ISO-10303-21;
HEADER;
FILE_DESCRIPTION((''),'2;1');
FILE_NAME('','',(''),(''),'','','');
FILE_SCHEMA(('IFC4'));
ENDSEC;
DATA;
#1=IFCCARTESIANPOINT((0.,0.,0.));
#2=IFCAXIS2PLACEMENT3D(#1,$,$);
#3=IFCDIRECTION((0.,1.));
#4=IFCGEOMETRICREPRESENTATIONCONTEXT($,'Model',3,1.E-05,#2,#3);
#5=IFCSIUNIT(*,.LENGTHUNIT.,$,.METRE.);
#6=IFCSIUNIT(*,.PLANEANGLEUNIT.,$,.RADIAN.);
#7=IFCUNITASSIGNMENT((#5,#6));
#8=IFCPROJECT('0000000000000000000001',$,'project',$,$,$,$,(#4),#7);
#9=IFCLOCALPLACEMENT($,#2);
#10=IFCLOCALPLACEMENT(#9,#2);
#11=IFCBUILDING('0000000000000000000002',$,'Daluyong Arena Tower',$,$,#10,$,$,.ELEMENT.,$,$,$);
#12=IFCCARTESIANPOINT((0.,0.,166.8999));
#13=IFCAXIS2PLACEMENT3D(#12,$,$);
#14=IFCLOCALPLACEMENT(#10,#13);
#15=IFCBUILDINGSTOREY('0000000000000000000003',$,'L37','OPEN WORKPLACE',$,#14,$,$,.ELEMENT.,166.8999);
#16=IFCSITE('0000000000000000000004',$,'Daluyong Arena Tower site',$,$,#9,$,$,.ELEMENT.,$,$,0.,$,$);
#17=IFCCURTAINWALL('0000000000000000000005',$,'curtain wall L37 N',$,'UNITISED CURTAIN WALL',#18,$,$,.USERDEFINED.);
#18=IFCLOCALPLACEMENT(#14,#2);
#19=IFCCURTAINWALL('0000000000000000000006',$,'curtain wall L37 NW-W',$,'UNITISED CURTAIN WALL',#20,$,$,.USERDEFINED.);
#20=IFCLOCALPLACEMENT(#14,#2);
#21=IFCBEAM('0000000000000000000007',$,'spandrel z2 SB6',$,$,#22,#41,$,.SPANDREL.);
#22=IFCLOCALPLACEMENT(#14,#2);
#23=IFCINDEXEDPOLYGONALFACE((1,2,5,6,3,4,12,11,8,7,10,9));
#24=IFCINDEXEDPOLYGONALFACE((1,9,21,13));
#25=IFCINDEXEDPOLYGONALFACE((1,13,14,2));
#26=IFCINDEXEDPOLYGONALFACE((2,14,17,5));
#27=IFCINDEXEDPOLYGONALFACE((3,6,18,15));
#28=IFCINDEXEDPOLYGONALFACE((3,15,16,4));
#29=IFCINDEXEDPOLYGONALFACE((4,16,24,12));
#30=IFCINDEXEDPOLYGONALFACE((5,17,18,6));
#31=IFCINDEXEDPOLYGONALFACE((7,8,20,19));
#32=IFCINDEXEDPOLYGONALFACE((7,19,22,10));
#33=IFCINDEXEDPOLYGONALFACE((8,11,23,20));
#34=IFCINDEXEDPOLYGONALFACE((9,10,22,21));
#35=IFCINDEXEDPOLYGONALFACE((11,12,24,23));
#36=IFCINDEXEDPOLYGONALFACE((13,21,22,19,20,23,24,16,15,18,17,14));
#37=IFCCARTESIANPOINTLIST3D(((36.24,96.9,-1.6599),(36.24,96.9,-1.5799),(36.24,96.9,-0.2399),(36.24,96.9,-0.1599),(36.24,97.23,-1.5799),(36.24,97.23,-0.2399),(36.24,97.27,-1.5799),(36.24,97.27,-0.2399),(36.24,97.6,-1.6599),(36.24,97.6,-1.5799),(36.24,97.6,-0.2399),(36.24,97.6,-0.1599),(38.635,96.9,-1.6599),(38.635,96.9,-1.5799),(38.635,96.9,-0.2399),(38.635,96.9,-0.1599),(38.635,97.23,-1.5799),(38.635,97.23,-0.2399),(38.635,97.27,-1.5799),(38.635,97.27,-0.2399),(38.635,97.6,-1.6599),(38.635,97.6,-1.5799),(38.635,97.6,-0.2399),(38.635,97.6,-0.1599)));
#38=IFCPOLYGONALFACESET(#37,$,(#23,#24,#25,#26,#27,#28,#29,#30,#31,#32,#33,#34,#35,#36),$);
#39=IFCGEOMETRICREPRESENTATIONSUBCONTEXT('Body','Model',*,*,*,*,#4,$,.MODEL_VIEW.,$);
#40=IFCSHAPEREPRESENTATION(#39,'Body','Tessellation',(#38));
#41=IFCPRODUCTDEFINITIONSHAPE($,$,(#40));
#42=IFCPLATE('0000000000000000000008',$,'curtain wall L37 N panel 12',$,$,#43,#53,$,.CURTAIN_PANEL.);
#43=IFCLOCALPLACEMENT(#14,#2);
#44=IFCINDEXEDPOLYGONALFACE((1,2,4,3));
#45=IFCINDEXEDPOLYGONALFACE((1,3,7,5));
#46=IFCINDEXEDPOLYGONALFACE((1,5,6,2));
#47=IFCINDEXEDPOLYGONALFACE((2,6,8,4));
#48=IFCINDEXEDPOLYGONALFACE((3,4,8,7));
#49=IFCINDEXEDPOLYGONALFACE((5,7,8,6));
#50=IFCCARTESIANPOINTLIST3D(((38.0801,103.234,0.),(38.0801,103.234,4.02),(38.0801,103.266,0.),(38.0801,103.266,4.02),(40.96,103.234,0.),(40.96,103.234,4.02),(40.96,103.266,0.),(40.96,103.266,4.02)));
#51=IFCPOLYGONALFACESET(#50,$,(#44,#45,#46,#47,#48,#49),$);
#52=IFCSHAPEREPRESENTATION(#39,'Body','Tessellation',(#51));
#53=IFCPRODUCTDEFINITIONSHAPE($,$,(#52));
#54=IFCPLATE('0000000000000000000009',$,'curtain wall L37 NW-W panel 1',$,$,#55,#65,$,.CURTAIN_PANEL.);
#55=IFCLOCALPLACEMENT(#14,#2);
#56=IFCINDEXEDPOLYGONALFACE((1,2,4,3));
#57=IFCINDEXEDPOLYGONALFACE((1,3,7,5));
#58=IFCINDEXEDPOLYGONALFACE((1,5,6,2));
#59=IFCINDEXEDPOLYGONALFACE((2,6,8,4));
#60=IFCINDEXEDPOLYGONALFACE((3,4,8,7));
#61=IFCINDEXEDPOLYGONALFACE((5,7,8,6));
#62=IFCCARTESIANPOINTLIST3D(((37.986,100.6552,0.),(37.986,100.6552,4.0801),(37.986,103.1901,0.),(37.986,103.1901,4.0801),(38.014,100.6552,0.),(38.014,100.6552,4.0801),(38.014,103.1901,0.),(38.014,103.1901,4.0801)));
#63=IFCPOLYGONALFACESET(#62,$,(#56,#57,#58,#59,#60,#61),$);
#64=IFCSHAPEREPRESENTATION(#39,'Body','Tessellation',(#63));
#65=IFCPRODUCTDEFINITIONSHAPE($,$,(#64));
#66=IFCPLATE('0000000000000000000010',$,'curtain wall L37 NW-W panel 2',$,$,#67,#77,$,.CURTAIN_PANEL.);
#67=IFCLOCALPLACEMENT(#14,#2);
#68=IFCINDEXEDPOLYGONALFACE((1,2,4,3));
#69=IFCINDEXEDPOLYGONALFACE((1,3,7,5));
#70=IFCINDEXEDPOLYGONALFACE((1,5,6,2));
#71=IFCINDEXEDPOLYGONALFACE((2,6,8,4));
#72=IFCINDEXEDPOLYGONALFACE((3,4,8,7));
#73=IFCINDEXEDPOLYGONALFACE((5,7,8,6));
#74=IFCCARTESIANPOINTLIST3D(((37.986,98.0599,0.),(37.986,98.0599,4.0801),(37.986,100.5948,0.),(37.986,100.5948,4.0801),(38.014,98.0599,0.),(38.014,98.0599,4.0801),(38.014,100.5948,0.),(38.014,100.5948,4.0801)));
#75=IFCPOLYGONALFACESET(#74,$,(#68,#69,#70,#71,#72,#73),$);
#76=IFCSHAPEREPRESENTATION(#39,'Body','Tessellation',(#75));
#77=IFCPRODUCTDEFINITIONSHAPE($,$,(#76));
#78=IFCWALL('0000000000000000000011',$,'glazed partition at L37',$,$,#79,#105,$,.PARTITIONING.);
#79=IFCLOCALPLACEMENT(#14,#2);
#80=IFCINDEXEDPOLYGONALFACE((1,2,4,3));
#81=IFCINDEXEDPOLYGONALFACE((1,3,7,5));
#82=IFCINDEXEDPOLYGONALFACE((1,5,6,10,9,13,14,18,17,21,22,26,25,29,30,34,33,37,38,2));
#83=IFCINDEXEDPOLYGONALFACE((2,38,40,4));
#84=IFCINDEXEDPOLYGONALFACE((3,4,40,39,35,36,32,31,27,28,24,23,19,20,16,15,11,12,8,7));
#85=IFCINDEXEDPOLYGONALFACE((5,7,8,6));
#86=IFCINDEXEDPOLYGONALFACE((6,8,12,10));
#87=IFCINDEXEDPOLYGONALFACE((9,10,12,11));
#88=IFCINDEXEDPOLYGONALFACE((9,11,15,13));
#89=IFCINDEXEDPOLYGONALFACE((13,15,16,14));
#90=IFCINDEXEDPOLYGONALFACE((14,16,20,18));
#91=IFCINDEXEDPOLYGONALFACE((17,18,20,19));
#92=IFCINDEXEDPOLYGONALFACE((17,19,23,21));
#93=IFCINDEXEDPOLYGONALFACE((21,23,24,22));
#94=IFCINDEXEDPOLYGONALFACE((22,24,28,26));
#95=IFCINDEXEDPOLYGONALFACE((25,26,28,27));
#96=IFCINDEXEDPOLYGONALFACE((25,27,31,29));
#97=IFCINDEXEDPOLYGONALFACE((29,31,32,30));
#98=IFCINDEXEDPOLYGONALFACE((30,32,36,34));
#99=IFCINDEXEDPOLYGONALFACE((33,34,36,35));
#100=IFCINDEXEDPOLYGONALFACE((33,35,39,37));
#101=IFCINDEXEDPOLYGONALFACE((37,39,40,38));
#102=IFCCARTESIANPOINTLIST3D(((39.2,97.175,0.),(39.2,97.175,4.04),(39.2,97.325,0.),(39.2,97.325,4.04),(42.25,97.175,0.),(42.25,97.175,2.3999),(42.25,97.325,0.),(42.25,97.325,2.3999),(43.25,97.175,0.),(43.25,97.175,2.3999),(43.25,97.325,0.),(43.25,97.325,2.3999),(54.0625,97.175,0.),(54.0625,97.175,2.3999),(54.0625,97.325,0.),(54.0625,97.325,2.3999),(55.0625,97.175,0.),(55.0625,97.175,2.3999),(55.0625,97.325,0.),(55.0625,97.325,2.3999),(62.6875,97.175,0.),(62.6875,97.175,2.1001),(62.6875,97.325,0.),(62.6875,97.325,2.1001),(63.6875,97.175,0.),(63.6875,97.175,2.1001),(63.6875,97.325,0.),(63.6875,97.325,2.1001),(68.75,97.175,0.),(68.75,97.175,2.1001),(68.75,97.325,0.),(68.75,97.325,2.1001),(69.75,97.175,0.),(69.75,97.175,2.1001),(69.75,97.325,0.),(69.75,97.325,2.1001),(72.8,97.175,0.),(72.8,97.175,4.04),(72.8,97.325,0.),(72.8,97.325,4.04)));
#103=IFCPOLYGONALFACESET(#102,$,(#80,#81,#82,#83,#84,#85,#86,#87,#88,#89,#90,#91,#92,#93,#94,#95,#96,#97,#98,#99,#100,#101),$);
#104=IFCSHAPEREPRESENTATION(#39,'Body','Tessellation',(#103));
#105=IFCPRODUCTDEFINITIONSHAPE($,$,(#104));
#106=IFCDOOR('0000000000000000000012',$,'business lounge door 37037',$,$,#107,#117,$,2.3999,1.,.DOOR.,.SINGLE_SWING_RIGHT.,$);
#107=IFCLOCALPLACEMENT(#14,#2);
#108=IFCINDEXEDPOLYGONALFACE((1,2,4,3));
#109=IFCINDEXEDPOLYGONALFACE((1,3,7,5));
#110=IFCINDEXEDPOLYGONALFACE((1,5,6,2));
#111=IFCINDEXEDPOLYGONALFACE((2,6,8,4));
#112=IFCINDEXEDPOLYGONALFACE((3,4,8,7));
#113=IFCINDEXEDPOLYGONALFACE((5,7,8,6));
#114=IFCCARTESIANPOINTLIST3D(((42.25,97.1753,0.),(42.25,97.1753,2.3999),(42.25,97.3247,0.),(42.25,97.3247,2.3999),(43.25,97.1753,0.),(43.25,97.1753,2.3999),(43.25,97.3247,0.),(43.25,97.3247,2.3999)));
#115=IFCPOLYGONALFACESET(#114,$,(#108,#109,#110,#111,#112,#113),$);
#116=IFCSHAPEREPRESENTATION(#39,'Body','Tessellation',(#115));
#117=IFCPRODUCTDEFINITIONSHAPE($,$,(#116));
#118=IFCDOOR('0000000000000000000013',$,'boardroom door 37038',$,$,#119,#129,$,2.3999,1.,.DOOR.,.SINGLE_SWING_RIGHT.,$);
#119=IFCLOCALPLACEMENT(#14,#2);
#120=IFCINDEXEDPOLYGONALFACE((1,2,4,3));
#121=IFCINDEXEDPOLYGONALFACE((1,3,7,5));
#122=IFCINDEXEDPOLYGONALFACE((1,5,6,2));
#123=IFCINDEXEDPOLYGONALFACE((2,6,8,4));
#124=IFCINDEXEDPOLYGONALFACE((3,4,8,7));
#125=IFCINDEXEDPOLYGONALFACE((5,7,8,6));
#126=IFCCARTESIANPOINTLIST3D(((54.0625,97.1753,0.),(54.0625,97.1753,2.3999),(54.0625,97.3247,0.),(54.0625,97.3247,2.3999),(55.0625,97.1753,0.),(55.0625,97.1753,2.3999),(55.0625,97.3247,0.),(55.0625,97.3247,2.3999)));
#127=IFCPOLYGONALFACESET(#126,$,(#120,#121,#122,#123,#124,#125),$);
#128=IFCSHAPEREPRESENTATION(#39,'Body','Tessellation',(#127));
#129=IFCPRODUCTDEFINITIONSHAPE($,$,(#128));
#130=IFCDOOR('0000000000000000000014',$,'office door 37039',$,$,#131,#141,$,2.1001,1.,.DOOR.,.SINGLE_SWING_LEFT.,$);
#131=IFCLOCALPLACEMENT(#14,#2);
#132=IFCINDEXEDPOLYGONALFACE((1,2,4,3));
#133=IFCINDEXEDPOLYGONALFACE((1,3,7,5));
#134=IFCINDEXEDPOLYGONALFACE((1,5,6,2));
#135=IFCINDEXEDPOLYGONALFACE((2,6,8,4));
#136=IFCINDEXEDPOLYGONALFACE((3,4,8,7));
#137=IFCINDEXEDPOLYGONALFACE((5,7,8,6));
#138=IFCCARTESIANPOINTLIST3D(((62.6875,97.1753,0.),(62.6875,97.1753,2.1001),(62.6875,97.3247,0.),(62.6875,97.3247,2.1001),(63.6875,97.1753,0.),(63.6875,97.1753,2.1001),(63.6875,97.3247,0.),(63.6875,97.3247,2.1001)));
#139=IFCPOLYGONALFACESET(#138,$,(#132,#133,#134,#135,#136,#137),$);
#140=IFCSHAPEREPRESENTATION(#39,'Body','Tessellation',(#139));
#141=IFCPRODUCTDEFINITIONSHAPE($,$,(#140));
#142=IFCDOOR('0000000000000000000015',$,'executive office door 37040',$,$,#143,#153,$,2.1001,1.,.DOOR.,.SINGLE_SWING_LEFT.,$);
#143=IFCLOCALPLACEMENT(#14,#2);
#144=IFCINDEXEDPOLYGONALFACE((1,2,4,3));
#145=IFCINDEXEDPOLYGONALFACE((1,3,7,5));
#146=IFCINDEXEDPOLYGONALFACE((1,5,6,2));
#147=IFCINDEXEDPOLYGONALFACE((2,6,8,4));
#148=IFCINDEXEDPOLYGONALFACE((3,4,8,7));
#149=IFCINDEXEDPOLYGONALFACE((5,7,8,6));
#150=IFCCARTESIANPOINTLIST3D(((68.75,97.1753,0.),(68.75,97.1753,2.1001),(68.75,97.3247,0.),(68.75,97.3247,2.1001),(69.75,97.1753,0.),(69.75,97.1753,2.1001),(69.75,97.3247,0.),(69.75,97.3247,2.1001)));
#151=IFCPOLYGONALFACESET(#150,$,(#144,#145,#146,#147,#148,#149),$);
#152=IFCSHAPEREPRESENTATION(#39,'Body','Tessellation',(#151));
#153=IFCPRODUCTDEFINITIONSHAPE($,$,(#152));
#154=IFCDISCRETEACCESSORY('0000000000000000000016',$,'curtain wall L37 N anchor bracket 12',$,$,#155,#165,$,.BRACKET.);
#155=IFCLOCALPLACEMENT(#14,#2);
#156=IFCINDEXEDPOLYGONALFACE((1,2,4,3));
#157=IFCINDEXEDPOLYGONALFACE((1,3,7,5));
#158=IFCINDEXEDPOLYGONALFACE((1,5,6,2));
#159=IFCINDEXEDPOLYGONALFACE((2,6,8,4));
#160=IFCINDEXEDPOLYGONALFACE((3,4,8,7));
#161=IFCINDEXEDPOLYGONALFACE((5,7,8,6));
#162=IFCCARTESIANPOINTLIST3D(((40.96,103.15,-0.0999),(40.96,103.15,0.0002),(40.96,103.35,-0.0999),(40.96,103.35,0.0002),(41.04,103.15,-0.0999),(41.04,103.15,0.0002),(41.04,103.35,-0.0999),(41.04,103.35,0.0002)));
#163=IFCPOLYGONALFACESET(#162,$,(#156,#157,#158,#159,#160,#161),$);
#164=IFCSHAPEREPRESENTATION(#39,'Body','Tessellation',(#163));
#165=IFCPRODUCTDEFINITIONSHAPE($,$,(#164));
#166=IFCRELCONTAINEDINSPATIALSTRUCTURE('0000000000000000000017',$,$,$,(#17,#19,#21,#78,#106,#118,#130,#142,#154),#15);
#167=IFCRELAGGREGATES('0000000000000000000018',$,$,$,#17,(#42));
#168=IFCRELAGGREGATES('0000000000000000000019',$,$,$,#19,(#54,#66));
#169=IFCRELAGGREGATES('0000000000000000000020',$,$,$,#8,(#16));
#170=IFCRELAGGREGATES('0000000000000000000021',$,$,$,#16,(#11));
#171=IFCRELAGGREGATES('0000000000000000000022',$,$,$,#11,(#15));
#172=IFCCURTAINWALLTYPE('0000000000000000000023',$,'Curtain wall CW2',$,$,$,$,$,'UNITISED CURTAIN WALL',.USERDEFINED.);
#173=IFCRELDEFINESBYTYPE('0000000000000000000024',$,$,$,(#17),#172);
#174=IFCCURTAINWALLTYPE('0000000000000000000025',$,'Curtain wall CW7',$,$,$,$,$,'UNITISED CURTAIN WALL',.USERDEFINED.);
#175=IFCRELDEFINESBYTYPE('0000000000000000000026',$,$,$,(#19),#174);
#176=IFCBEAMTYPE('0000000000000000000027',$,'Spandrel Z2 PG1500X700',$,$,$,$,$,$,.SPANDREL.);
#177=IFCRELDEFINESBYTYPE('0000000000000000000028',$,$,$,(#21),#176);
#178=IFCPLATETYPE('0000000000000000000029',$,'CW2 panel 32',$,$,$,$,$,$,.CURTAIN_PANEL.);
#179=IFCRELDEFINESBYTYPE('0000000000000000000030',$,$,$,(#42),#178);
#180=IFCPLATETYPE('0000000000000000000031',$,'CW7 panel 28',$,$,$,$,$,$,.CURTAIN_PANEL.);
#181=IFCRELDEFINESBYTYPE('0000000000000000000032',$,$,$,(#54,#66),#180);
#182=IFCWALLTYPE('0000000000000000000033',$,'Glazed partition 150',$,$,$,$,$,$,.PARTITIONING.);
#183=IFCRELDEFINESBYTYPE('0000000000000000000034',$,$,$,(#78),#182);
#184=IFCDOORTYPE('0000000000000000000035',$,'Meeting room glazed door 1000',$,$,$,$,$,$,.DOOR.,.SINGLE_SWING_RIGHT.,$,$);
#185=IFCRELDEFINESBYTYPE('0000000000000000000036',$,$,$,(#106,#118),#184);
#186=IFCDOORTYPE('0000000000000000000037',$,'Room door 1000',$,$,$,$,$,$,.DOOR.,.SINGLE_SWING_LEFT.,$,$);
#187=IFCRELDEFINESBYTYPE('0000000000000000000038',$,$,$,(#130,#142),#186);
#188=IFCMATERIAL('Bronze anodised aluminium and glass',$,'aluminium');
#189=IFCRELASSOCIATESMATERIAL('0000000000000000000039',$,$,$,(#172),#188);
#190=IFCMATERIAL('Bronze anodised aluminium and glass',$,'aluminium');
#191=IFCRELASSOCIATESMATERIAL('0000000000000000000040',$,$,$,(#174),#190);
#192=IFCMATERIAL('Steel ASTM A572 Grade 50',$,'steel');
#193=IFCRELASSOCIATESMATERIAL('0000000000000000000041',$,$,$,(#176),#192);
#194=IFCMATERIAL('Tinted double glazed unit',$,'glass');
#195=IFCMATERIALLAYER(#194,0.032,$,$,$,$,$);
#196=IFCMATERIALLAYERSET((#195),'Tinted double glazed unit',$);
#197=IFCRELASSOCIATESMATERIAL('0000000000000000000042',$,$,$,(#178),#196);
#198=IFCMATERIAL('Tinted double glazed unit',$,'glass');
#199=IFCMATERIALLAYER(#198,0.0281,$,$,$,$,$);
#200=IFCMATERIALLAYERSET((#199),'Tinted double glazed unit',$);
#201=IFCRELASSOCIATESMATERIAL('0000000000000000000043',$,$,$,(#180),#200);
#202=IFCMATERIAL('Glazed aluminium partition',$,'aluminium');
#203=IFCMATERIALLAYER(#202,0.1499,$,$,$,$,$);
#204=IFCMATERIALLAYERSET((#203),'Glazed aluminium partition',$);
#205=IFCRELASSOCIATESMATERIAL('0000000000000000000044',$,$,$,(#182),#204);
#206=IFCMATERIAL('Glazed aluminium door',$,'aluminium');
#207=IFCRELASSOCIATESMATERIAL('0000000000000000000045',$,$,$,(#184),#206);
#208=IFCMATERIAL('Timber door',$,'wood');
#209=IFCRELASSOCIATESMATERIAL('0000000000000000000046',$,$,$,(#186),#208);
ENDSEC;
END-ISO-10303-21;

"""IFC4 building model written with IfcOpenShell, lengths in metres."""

from ifc_helpers import new_model, si_unit, direction, frame, frame_2d, origin, origin_2d, place, context, subcontext, project, spatial, rectangle, i_section, extrude, material, layer, layer_set, material_profile, profile_set, type_object, element, fill, aggregate, save


model = new_model("IFC4")

# Units and contexts
model_context = context("Model", 3, precision=1e-05, world=origin(), true_north=direction((0.0, 1.0)))
body_context = subcontext(model_context, "Body", "Model", "MODEL_VIEW")
ifc_project = project(units=[si_unit("LENGTHUNIT", "METRE"), si_unit("PLANEANGLEUNIT", "RADIAN")], contexts=[model_context])

# Site, building, storey
site_placement = place(None, origin())
site = spatial("IfcSite", under=ifc_project, at=site_placement, Name="Daluyong Arena Tower site", CompositionType="ELEMENT", RefElevation=0.0)
building_placement = place(site_placement, origin())
building = spatial("IfcBuilding", under=site, at=building_placement, Name="Daluyong Arena Tower", CompositionType="ELEMENT")
storey_placement = place(building_placement, frame((0.0, 0.0, 166.8999)))
storey = spatial("IfcBuildingStorey", under=building, at=storey_placement, Name="L37", Description="OPEN WORKPLACE", CompositionType="ELEMENT", Elevation=166.8999)

# Curtain wall
ifc_material_1 = material(Name="Bronze anodised aluminium and glass", Category="aluminium")
curtain_wall_type_1 = type_object("IfcCurtainWallType", Name="Curtain wall CW2", ElementType="UNITISED CURTAIN WALL", PredefinedType="USERDEFINED", material=ifc_material_1)
curtain_wall_1_placement = place(storey_placement, origin())
curtain_wall_1 = element("IfcCurtainWall", 1, at=curtain_wall_1_placement, inside=storey, type_object=curtain_wall_type_1, Name="curtain wall L37 N", ObjectType="UNITISED CURTAIN WALL", PredefinedType="USERDEFINED")

# Shared definitions
ifc_material_2 = material(Name="Bronze anodised aluminium and glass", Category="aluminium")
curtain_wall_type_2 = type_object("IfcCurtainWallType", Name="Curtain wall CW7", ElementType="UNITISED CURTAIN WALL", PredefinedType="USERDEFINED", material=ifc_material_2)

# Curtain wall
curtain_wall_2_placement = place(storey_placement, origin())
curtain_wall_2 = element("IfcCurtainWall", 2, at=curtain_wall_2_placement, inside=storey, type_object=curtain_wall_type_2, Name="curtain wall L37 NW-W", ObjectType="UNITISED CURTAIN WALL", PredefinedType="USERDEFINED")

# Beam
ifc_material_3 = material(Name="Steel ASTM A572 Grade 50", Category="steel")
ifc_material_profile_1 = material_profile(ifc_material_3, i_section(OverallWidth=0.7, OverallDepth=1.5, WebThickness=0.04, FlangeThickness=0.08, at=origin_2d()))
ifc_profile_set_1 = profile_set([ifc_material_profile_1], Name="Steel ASTM A572 Grade 50")
beam_type_1 = type_object("IfcBeamType", Name="Spandrel Z2 PG1500X700", PredefinedType="SPANDREL", material=ifc_profile_set_1)
for number, where, z_axis, x_axis, name in (
    (3, (38.635, 97.25, -0.9099), (-1.0, 0.0, 0.0), (0.0, -1.0, 0.0), "spandrel z2 SB6"),
):
    element("IfcBeam", number, at=place(storey_placement, frame(where, z_axis=z_axis, x_axis=x_axis)), inside=storey, type_object=beam_type_1, Name=name, PredefinedType="SPANDREL", context=body_context, shape_type="SweptSolid", body=[
        extrude(i_section(OverallWidth=0.7, OverallDepth=1.5, WebThickness=0.04, FlangeThickness=0.08, at=origin_2d()), origin(), (0.0, 0.0, 1.0), 2.395),
    ])

# Plates
ifc_material_4 = material(Name="Tinted double glazed unit", Category="glass")
ifc_layer_1 = layer(ifc_material_4, 0.032)
ifc_layer_set_1 = layer_set([ifc_layer_1], Name="Tinted double glazed unit")
plate_type_1 = type_object("IfcPlateType", Name="CW2 panel 32", PredefinedType="CURTAIN_PANEL", material=ifc_layer_set_1)
plate_1_placement = place(storey_placement, frame((39.52, 103.25, 0.0), z_axis=(0.0, 0.0, 1.0), x_axis=(-1.0, 0.0, 0.0)))
plate_1 = element("IfcPlate", 4, at=plate_1_placement, type_object=plate_type_1, Name="curtain wall L37 N panel 12", PredefinedType="CURTAIN_PANEL", context=body_context, shape_type="SweptSolid", body=[
    extrude(rectangle(XDim=2.8799, YDim=0.032, at=origin_2d()), origin(), (0.0, 0.0, 1.0), 4.02),
])
aggregate(curtain_wall_1, [plate_1])
ifc_material_5 = material(Name="Tinted double glazed unit", Category="glass")
ifc_layer_2 = layer(ifc_material_5, 0.0281)
ifc_layer_set_2 = layer_set([ifc_layer_2], Name="Tinted double glazed unit")
plate_type_2 = type_object("IfcPlateType", Name="CW7 panel 28", PredefinedType="CURTAIN_PANEL", material=ifc_layer_set_2)
plate_2_placement = place(storey_placement, frame((38.0, 101.9226, 0.0), z_axis=(0.0, 0.0, 1.0), x_axis=(0.0, -1.0, 0.0)))
plate_2 = element("IfcPlate", 5, at=plate_2_placement, type_object=plate_type_2, Name="curtain wall L37 NW-W panel 1", PredefinedType="CURTAIN_PANEL", context=body_context, shape_type="SweptSolid", body=[
    extrude(rectangle(XDim=2.5349, YDim=0.0281, at=origin_2d()), origin(), (0.0, 0.0, 1.0), 4.0801),
])
plate_3_placement = place(storey_placement, frame((38.0, 99.3274, 0.0), z_axis=(0.0, 0.0, 1.0), x_axis=(0.0, -1.0, 0.0)))
plate_3 = element("IfcPlate", 6, at=plate_3_placement, type_object=plate_type_2, Name="curtain wall L37 NW-W panel 2", PredefinedType="CURTAIN_PANEL", context=body_context, shape_type="SweptSolid", body=[
    extrude(rectangle(XDim=2.5349, YDim=0.0281, at=origin_2d()), origin(), (0.0, 0.0, 1.0), 4.0801),
])
aggregate(curtain_wall_2, [plate_2, plate_3])

# Wall, openings, doors
ifc_material_6 = material(Name="Glazed aluminium partition", Category="aluminium")
ifc_layer_3 = layer(ifc_material_6, 0.1499)
ifc_layer_set_3 = layer_set([ifc_layer_3], Name="Glazed aluminium partition")
wall_type = type_object("IfcWallType", Name="Glazed partition 150", PredefinedType="PARTITIONING", material=ifc_layer_set_3)
wall_placement = place(storey_placement, frame((39.2, 97.25, 0.0), z_axis=(0.0, 0.0, 1.0), x_axis=(1.0, 0.0, 0.0)))
wall = element("IfcWall", 7, at=wall_placement, inside=storey, type_object=wall_type, Name="glazed partition at L37", PredefinedType="PARTITIONING", context=body_context, shape_type="SweptSolid", body=[
    extrude(rectangle(XDim=33.6001, YDim=0.1499, at=frame_2d((16.8, 0.0))), origin(), (0.0, 0.0, 1.0), 4.04),
])
opening_1_placement = place(wall_placement, frame((3.05, 0.0, 0.0)))
opening_1 = element("IfcOpeningElement", 8, at=opening_1_placement, cuts=wall, PredefinedType="OPENING", context=body_context, shape_type="SweptSolid", body=[
    extrude(rectangle(XDim=1.0, YDim=2.3999, at=frame_2d((0.5, 1.2))), frame((0.0, 0.085, 0.0), z_axis=(0.0, -1.0, 0.0), x_axis=(1.0, 0.0, 0.0)), (0.0, 0.0, 1.0), 0.1699),
])
opening_2_placement = place(wall_placement, frame((14.8625, 0.0, 0.0)))
opening_2 = element("IfcOpeningElement", 9, at=opening_2_placement, cuts=wall, PredefinedType="OPENING", context=body_context, shape_type="SweptSolid", body=[
    extrude(rectangle(XDim=1.0, YDim=2.3999, at=frame_2d((0.5, 1.2))), frame((0.0, 0.085, 0.0), z_axis=(0.0, -1.0, 0.0), x_axis=(1.0, 0.0, 0.0)), (0.0, 0.0, 1.0), 0.1699),
])
opening_3_placement = place(wall_placement, frame((23.4875, 0.0, 0.0)))
opening_3 = element("IfcOpeningElement", 10, at=opening_3_placement, cuts=wall, PredefinedType="OPENING", context=body_context, shape_type="SweptSolid", body=[
    extrude(rectangle(XDim=1.0, YDim=2.1001, at=frame_2d((0.5, 1.05))), frame((0.0, 0.085, 0.0), z_axis=(0.0, -1.0, 0.0), x_axis=(1.0, 0.0, 0.0)), (0.0, 0.0, 1.0), 0.1699),
])
opening_4_placement = place(wall_placement, frame((29.55, 0.0, 0.0)))
opening_4 = element("IfcOpeningElement", 11, at=opening_4_placement, cuts=wall, PredefinedType="OPENING", context=body_context, shape_type="SweptSolid", body=[
    extrude(rectangle(XDim=1.0, YDim=2.1001, at=frame_2d((0.5, 1.05))), frame((0.0, 0.085, 0.0), z_axis=(0.0, -1.0, 0.0), x_axis=(1.0, 0.0, 0.0)), (0.0, 0.0, 1.0), 0.1699),
])
ifc_material_7 = material(Name="Glazed aluminium door", Category="aluminium")
door_type_1 = type_object("IfcDoorType", Name="Meeting room glazed door 1000", OperationType="SINGLE_SWING_RIGHT", PredefinedType="DOOR", material=ifc_material_7)
door_1_placement = place(opening_1_placement, origin())
door_1 = element("IfcDoor", 12, at=door_1_placement, inside=storey, type_object=door_type_1, Name="business lounge door 37037", OperationType="SINGLE_SWING_RIGHT", OverallHeight=2.3999, OverallWidth=1.0, PredefinedType="DOOR", context=body_context, shape_type="SweptSolid", body=[
    extrude(rectangle(XDim=1.0, YDim=2.3999, at=frame_2d((0.5, 1.2))), frame((0.0, 0.0747, 0.0), z_axis=(0.0, -1.0, 0.0), x_axis=(1.0, 0.0, 0.0)), (0.0, 0.0, 1.0), 0.1494),
])
fill(opening_1, door_1)
door_2_placement = place(opening_2_placement, origin())
door_2 = element("IfcDoor", 13, at=door_2_placement, inside=storey, type_object=door_type_1, Name="boardroom door 37038", OperationType="SINGLE_SWING_RIGHT", OverallHeight=2.3999, OverallWidth=1.0, PredefinedType="DOOR", context=body_context, shape_type="SweptSolid", body=[
    extrude(rectangle(XDim=1.0, YDim=2.3999, at=frame_2d((0.5, 1.2))), frame((0.0, 0.0747, 0.0), z_axis=(0.0, -1.0, 0.0), x_axis=(1.0, 0.0, 0.0)), (0.0, 0.0, 1.0), 0.1494),
])
fill(opening_2, door_2)
ifc_material_8 = material(Name="Timber door", Category="wood")
door_type_2 = type_object("IfcDoorType", Name="Room door 1000", OperationType="SINGLE_SWING_LEFT", PredefinedType="DOOR", material=ifc_material_8)
door_3_placement = place(opening_3_placement, origin())
door_3 = element("IfcDoor", 14, at=door_3_placement, inside=storey, type_object=door_type_2, Name="office door 37039", OperationType="SINGLE_SWING_LEFT", OverallHeight=2.1001, OverallWidth=1.0, PredefinedType="DOOR", context=body_context, shape_type="SweptSolid", body=[
    extrude(rectangle(XDim=1.0, YDim=2.1001, at=frame_2d((0.5, 1.05))), frame((0.0, 0.0747, 0.0), z_axis=(0.0, -1.0, 0.0), x_axis=(1.0, 0.0, 0.0)), (0.0, 0.0, 1.0), 0.1494),
])
fill(opening_3, door_3)
door_4_placement = place(opening_4_placement, origin())
door_4 = element("IfcDoor", 15, at=door_4_placement, inside=storey, type_object=door_type_2, Name="executive office door 37040", OperationType="SINGLE_SWING_LEFT", OverallHeight=2.1001, OverallWidth=1.0, PredefinedType="DOOR", context=body_context, shape_type="SweptSolid", body=[
    extrude(rectangle(XDim=1.0, YDim=2.1001, at=frame_2d((0.5, 1.05))), frame((0.0, 0.0747, 0.0), z_axis=(0.0, -1.0, 0.0), x_axis=(1.0, 0.0, 0.0)), (0.0, 0.0, 1.0), 0.1494),
])
fill(opening_4, door_4)

# Discrete accessory
discrete_accessory_1_placement = place(storey_placement, frame((41.0, 103.25, -0.0999), z_axis=(0.0, 0.0, 1.0), x_axis=(-1.0, 0.0, 0.0)))
element("IfcDiscreteAccessory", 16, at=discrete_accessory_1_placement, inside=storey, Name="curtain wall L37 N anchor bracket 12", PredefinedType="BRACKET", context=body_context, shape_type="SweptSolid", body=[
    extrude(rectangle(XDim=0.0801, YDim=0.2, at=origin_2d()), origin(), (0.0, 0.0, 1.0), 0.1001),
])

save(model, "model.ifc")
